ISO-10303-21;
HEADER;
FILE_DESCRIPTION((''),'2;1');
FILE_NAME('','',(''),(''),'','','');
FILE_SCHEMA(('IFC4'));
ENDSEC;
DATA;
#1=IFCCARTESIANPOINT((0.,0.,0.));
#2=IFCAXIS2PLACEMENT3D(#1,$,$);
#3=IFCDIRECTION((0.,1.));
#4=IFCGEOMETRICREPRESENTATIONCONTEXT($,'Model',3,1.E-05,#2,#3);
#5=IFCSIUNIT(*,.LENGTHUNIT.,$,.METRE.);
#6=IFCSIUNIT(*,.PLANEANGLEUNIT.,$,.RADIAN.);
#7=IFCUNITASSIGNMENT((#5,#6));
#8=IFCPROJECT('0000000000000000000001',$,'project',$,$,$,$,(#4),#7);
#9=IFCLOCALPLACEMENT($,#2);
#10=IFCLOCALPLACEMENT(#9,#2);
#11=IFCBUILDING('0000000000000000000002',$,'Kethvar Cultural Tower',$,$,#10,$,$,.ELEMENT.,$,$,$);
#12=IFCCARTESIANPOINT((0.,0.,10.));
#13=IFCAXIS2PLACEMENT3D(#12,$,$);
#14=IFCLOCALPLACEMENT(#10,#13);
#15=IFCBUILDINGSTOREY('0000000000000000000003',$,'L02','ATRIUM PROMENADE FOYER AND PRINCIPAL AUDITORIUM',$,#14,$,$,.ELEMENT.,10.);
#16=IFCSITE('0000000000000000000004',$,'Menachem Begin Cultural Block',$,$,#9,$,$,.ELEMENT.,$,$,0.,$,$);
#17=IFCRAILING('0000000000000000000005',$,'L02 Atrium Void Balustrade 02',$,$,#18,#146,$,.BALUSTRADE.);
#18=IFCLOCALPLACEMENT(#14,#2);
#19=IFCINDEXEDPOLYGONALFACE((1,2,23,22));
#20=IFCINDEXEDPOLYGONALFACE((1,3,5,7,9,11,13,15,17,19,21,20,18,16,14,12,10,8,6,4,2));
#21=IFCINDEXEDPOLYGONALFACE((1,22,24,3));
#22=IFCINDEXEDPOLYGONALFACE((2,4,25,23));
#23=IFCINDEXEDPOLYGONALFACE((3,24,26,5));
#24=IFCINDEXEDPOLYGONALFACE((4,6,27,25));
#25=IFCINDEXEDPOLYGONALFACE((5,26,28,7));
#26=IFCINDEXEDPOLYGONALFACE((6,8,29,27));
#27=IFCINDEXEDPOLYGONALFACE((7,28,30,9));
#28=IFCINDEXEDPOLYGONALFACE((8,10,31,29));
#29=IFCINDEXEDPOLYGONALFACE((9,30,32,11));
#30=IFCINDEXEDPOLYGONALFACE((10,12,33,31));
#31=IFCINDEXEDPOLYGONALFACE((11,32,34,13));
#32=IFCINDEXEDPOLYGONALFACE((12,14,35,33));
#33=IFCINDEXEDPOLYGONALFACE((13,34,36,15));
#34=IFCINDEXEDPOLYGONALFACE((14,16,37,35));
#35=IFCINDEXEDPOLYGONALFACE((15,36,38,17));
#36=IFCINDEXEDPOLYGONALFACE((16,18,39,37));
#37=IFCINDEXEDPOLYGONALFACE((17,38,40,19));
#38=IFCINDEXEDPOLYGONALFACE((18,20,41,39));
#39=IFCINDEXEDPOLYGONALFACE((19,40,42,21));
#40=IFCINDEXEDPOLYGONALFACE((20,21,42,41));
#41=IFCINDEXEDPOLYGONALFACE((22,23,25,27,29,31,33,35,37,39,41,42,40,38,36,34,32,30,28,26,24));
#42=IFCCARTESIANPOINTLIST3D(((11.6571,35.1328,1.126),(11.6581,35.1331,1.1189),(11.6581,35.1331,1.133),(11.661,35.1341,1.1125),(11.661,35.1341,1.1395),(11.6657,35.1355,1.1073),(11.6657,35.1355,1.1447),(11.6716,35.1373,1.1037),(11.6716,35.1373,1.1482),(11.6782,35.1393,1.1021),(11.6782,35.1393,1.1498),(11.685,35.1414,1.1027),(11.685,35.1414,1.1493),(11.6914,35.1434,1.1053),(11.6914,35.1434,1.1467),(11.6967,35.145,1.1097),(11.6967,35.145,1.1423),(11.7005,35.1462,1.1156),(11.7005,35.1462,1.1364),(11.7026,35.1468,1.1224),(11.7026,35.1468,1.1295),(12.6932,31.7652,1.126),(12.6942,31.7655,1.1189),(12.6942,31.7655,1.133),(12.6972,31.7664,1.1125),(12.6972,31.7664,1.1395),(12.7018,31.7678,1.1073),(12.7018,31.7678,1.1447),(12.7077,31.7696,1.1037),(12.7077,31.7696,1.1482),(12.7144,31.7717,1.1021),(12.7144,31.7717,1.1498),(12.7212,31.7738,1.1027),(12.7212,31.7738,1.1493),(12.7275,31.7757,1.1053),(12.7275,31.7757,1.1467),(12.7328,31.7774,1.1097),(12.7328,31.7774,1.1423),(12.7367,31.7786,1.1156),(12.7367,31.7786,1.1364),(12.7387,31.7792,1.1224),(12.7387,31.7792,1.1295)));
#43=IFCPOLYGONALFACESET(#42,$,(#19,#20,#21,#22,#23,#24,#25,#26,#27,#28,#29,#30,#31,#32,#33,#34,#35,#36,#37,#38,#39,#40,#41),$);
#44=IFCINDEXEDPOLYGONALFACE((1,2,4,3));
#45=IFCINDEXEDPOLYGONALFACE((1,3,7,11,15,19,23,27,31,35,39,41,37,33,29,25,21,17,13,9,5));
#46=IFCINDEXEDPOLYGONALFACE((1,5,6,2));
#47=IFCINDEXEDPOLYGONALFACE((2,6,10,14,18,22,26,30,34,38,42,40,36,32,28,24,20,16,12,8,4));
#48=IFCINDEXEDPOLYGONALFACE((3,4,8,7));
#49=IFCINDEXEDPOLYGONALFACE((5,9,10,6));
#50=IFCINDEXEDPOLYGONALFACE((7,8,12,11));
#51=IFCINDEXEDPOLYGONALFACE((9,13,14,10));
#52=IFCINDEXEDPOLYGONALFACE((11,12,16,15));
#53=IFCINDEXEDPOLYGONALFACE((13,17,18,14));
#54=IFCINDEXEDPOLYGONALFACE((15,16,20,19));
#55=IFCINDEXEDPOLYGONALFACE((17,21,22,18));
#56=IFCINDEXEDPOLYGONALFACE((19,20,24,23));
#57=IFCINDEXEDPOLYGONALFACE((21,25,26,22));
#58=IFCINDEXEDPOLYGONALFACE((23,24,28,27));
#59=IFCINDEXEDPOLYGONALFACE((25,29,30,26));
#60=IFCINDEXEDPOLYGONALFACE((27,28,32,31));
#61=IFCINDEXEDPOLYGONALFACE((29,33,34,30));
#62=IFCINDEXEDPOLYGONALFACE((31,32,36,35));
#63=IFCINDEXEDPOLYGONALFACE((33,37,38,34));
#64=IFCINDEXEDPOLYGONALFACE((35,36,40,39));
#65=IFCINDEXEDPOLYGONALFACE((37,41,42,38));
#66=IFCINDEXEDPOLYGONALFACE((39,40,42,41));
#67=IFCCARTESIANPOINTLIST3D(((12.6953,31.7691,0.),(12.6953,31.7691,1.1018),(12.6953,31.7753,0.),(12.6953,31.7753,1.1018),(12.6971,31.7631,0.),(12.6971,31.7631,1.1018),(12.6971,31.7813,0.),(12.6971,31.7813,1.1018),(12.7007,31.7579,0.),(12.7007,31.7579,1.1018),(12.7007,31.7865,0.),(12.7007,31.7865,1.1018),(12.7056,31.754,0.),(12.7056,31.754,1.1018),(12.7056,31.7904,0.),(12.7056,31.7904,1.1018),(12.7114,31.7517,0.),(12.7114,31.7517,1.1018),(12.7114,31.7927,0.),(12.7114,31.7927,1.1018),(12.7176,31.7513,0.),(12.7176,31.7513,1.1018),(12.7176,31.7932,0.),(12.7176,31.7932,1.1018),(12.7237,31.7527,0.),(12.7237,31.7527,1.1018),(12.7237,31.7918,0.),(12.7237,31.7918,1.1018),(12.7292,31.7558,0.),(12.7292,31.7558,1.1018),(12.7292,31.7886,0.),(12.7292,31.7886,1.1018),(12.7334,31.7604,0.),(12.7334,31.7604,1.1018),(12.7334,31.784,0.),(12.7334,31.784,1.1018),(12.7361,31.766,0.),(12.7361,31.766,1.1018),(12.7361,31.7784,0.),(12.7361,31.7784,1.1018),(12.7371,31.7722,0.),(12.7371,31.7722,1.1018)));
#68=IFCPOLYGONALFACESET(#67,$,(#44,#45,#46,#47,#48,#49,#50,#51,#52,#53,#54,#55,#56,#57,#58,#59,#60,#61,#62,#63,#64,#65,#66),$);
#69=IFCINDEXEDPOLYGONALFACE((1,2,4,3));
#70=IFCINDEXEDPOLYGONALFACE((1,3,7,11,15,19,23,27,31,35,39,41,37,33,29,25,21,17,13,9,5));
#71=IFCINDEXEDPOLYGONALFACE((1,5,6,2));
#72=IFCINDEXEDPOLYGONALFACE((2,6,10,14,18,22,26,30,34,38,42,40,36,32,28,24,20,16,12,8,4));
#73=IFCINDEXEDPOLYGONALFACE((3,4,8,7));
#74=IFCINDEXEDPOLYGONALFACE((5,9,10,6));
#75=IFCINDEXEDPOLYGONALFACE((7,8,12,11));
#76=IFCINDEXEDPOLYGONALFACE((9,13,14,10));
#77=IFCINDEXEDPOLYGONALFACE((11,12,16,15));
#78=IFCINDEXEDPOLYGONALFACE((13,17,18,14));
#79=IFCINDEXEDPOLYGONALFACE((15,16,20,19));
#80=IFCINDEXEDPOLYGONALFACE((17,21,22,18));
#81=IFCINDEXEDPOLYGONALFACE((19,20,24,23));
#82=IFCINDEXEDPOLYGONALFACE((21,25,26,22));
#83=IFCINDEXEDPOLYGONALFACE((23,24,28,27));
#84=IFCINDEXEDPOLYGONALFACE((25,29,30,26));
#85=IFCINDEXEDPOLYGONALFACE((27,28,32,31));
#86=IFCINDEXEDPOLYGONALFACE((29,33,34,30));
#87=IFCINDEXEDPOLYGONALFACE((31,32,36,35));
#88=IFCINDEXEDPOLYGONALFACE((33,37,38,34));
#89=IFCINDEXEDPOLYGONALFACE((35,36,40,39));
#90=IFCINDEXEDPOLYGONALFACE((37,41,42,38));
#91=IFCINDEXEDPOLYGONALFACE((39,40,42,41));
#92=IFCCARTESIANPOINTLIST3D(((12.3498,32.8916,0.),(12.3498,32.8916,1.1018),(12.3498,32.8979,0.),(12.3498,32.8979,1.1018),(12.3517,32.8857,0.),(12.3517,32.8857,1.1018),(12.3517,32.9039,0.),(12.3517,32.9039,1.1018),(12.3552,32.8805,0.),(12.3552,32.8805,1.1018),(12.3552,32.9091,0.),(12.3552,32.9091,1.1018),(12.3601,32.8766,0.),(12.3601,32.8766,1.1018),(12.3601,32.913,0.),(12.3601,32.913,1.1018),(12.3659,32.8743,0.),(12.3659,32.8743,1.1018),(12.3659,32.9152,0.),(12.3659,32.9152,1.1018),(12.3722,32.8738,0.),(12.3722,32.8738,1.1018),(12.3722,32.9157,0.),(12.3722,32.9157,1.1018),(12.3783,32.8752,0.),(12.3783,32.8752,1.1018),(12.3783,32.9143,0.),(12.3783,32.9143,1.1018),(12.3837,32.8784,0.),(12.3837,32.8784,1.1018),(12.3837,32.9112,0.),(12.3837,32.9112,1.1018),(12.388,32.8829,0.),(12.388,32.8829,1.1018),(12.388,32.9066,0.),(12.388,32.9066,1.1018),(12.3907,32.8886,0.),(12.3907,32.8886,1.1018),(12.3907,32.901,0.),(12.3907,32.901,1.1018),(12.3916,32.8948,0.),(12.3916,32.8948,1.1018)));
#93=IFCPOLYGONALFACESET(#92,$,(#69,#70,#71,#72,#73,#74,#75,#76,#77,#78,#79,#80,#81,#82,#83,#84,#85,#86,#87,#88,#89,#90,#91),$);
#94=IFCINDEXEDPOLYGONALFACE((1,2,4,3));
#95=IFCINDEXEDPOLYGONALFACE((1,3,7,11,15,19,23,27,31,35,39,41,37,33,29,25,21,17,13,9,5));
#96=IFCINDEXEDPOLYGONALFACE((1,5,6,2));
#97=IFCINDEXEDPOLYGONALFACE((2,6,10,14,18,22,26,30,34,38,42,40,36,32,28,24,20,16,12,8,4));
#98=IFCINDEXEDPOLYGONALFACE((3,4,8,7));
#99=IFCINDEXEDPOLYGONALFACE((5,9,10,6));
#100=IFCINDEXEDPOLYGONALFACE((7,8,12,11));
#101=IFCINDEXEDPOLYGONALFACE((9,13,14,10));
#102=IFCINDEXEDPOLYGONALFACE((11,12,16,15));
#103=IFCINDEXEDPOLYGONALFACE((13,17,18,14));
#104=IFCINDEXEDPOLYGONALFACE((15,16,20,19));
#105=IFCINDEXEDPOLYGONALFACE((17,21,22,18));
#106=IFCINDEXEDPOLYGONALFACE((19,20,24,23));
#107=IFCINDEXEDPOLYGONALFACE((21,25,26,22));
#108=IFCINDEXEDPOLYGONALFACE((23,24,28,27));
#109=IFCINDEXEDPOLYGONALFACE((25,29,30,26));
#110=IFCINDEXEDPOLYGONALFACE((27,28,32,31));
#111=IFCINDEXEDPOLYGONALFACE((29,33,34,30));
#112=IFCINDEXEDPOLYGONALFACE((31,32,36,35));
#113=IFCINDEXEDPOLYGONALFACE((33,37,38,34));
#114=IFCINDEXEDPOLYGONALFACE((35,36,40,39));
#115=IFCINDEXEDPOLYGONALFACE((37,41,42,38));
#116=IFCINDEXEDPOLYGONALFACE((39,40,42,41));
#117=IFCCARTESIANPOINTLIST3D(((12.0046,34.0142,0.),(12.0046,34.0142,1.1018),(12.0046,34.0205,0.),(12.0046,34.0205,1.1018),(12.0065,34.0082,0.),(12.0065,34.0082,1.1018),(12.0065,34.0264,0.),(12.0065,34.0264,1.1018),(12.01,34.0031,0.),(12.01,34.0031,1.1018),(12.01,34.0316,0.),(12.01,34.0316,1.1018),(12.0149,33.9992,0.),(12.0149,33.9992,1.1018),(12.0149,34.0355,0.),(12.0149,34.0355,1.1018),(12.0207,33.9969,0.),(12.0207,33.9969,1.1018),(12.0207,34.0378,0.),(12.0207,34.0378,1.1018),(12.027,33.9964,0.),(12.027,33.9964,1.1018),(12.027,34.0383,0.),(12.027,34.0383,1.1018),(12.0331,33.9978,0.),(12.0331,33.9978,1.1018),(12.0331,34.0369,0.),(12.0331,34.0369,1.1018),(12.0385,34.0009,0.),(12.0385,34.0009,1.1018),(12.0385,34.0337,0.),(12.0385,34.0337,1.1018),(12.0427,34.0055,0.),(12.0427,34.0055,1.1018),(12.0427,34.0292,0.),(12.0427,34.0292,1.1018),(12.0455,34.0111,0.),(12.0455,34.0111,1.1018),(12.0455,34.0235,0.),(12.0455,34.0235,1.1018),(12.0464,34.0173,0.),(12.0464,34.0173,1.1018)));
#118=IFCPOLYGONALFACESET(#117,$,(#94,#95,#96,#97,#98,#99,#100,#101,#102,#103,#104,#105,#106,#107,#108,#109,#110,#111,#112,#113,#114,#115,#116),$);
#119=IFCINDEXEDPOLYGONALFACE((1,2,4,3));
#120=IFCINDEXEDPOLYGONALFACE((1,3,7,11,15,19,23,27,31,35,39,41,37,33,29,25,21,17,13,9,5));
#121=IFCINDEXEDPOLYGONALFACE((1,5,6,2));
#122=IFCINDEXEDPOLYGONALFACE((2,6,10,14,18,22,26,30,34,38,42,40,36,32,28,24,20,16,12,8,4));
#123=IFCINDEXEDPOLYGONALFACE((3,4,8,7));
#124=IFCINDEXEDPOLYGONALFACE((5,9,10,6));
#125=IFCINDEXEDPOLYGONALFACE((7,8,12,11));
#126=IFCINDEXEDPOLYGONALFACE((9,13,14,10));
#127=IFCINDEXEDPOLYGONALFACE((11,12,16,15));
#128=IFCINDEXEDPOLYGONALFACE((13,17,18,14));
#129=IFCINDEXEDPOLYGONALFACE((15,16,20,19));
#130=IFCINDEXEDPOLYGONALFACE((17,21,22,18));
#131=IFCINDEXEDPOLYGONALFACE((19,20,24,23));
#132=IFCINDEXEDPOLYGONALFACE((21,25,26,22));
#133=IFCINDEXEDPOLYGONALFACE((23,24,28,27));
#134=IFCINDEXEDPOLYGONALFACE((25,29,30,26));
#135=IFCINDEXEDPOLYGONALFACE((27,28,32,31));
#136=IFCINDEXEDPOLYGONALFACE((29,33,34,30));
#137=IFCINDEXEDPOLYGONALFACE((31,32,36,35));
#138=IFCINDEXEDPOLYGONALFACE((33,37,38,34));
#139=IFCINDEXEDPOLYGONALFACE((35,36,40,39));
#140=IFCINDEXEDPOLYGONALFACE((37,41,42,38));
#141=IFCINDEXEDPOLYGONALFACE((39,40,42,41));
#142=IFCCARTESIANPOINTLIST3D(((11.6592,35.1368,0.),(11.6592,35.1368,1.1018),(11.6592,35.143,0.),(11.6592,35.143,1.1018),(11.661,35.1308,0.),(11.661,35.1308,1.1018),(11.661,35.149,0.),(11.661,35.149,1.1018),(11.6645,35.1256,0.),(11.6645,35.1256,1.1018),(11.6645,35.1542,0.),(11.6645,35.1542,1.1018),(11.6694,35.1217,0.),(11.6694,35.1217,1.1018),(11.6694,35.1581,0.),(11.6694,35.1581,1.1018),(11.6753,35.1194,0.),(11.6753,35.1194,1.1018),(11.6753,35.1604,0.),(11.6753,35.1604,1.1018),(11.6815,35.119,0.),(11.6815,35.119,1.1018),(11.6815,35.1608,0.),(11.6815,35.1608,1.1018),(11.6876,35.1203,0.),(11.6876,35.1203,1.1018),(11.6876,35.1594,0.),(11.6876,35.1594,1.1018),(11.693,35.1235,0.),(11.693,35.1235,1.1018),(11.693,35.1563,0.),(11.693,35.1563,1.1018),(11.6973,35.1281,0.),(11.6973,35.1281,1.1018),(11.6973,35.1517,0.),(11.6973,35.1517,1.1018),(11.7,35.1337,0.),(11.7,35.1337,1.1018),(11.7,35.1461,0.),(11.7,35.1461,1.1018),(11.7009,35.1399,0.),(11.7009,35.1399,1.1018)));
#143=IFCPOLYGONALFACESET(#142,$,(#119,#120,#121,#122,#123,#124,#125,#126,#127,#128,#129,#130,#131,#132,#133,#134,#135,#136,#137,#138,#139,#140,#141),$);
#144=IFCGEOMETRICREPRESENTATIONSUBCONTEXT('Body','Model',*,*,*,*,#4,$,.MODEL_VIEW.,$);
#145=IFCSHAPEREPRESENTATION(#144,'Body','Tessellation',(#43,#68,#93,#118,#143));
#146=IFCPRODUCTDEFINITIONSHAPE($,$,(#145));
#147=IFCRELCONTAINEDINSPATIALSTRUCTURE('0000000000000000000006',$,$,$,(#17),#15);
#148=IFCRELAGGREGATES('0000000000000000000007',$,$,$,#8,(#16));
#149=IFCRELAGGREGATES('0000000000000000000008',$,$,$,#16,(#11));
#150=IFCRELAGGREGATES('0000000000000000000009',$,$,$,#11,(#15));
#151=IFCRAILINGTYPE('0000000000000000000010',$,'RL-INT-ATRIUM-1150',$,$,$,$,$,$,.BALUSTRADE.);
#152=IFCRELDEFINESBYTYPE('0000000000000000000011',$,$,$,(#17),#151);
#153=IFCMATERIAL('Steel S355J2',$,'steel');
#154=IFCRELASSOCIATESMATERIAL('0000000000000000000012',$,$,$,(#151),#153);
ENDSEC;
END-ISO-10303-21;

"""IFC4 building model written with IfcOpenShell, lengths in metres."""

from ifc_helpers import new_model, si_unit, direction, frame, origin, origin_2d, place, context, subcontext, project, spatial, circle, extrude, material, type_object, element, save


model = new_model("IFC4")

# Units and contexts
model_context = context("Model", 3, precision=1e-05, world=origin(), true_north=direction((0.0, 1.0)))
body_context = subcontext(model_context, "Body", "Model", "MODEL_VIEW")
ifc_project = project(units=[si_unit("LENGTHUNIT", "METRE"), si_unit("PLANEANGLEUNIT", "RADIAN")], contexts=[model_context])

# Site, building, storey
site_placement = place(None, origin())
site = spatial("IfcSite", under=ifc_project, at=site_placement, Name="Menachem Begin Cultural Block", CompositionType="ELEMENT", RefElevation=0.0)
building_placement = place(site_placement, origin())
building = spatial("IfcBuilding", under=site, at=building_placement, Name="Kethvar Cultural Tower", CompositionType="ELEMENT")
storey_placement = place(building_placement, frame((0.0, 0.0, 10.0)))
storey = spatial("IfcBuildingStorey", under=building, at=storey_placement, Name="L02", Description="ATRIUM PROMENADE FOYER AND PRINCIPAL AUDITORIUM", CompositionType="ELEMENT", Elevation=10.0)

# Shared definitions
ifc_material_1 = material(Name="Steel S355J2", Category="steel")

# Railing
railing_type = type_object("IfcRailingType", Name="RL-INT-ATRIUM-1150", PredefinedType="BALUSTRADE", material=ifc_material_1)
railing_1_placement = place(storey_placement, frame((12.7161, 31.7722, 0.0)))
element("IfcRailing", 1, at=railing_1_placement, inside=storey, type_object=railing_type, Name="L02 Atrium Void Balustrade 02", PredefinedType="BALUSTRADE", context=body_context, shape_type="SweptSolid", body=[
    extrude(circle(Radius=0.0239, at=origin_2d()), frame((0.0, 0.0, 1.126), z_axis=(-0.294066, 0.955785, 0.0), x_axis=(-0.955785, -0.294066, 0.0)), (0.0, 0.0, 1.0), 3.5234),
    extrude(circle(Radius=0.021, at=origin_2d()), origin(), (0.0, 0.0, 1.0), 1.1018),
    extrude(circle(Radius=0.021, at=origin_2d()), frame((-0.3455, 1.1226, 0.0)), (0.0, 0.0, 1.0), 1.1018),
    extrude(circle(Radius=0.021, at=origin_2d()), frame((-0.6907, 2.2451, 0.0)), (0.0, 0.0, 1.0), 1.1018),
    extrude(circle(Radius=0.021, at=origin_2d()), frame((-1.0361, 3.3677, 0.0)), (0.0, 0.0, 1.0), 1.1018),
])

save(model, "model.ifc")
